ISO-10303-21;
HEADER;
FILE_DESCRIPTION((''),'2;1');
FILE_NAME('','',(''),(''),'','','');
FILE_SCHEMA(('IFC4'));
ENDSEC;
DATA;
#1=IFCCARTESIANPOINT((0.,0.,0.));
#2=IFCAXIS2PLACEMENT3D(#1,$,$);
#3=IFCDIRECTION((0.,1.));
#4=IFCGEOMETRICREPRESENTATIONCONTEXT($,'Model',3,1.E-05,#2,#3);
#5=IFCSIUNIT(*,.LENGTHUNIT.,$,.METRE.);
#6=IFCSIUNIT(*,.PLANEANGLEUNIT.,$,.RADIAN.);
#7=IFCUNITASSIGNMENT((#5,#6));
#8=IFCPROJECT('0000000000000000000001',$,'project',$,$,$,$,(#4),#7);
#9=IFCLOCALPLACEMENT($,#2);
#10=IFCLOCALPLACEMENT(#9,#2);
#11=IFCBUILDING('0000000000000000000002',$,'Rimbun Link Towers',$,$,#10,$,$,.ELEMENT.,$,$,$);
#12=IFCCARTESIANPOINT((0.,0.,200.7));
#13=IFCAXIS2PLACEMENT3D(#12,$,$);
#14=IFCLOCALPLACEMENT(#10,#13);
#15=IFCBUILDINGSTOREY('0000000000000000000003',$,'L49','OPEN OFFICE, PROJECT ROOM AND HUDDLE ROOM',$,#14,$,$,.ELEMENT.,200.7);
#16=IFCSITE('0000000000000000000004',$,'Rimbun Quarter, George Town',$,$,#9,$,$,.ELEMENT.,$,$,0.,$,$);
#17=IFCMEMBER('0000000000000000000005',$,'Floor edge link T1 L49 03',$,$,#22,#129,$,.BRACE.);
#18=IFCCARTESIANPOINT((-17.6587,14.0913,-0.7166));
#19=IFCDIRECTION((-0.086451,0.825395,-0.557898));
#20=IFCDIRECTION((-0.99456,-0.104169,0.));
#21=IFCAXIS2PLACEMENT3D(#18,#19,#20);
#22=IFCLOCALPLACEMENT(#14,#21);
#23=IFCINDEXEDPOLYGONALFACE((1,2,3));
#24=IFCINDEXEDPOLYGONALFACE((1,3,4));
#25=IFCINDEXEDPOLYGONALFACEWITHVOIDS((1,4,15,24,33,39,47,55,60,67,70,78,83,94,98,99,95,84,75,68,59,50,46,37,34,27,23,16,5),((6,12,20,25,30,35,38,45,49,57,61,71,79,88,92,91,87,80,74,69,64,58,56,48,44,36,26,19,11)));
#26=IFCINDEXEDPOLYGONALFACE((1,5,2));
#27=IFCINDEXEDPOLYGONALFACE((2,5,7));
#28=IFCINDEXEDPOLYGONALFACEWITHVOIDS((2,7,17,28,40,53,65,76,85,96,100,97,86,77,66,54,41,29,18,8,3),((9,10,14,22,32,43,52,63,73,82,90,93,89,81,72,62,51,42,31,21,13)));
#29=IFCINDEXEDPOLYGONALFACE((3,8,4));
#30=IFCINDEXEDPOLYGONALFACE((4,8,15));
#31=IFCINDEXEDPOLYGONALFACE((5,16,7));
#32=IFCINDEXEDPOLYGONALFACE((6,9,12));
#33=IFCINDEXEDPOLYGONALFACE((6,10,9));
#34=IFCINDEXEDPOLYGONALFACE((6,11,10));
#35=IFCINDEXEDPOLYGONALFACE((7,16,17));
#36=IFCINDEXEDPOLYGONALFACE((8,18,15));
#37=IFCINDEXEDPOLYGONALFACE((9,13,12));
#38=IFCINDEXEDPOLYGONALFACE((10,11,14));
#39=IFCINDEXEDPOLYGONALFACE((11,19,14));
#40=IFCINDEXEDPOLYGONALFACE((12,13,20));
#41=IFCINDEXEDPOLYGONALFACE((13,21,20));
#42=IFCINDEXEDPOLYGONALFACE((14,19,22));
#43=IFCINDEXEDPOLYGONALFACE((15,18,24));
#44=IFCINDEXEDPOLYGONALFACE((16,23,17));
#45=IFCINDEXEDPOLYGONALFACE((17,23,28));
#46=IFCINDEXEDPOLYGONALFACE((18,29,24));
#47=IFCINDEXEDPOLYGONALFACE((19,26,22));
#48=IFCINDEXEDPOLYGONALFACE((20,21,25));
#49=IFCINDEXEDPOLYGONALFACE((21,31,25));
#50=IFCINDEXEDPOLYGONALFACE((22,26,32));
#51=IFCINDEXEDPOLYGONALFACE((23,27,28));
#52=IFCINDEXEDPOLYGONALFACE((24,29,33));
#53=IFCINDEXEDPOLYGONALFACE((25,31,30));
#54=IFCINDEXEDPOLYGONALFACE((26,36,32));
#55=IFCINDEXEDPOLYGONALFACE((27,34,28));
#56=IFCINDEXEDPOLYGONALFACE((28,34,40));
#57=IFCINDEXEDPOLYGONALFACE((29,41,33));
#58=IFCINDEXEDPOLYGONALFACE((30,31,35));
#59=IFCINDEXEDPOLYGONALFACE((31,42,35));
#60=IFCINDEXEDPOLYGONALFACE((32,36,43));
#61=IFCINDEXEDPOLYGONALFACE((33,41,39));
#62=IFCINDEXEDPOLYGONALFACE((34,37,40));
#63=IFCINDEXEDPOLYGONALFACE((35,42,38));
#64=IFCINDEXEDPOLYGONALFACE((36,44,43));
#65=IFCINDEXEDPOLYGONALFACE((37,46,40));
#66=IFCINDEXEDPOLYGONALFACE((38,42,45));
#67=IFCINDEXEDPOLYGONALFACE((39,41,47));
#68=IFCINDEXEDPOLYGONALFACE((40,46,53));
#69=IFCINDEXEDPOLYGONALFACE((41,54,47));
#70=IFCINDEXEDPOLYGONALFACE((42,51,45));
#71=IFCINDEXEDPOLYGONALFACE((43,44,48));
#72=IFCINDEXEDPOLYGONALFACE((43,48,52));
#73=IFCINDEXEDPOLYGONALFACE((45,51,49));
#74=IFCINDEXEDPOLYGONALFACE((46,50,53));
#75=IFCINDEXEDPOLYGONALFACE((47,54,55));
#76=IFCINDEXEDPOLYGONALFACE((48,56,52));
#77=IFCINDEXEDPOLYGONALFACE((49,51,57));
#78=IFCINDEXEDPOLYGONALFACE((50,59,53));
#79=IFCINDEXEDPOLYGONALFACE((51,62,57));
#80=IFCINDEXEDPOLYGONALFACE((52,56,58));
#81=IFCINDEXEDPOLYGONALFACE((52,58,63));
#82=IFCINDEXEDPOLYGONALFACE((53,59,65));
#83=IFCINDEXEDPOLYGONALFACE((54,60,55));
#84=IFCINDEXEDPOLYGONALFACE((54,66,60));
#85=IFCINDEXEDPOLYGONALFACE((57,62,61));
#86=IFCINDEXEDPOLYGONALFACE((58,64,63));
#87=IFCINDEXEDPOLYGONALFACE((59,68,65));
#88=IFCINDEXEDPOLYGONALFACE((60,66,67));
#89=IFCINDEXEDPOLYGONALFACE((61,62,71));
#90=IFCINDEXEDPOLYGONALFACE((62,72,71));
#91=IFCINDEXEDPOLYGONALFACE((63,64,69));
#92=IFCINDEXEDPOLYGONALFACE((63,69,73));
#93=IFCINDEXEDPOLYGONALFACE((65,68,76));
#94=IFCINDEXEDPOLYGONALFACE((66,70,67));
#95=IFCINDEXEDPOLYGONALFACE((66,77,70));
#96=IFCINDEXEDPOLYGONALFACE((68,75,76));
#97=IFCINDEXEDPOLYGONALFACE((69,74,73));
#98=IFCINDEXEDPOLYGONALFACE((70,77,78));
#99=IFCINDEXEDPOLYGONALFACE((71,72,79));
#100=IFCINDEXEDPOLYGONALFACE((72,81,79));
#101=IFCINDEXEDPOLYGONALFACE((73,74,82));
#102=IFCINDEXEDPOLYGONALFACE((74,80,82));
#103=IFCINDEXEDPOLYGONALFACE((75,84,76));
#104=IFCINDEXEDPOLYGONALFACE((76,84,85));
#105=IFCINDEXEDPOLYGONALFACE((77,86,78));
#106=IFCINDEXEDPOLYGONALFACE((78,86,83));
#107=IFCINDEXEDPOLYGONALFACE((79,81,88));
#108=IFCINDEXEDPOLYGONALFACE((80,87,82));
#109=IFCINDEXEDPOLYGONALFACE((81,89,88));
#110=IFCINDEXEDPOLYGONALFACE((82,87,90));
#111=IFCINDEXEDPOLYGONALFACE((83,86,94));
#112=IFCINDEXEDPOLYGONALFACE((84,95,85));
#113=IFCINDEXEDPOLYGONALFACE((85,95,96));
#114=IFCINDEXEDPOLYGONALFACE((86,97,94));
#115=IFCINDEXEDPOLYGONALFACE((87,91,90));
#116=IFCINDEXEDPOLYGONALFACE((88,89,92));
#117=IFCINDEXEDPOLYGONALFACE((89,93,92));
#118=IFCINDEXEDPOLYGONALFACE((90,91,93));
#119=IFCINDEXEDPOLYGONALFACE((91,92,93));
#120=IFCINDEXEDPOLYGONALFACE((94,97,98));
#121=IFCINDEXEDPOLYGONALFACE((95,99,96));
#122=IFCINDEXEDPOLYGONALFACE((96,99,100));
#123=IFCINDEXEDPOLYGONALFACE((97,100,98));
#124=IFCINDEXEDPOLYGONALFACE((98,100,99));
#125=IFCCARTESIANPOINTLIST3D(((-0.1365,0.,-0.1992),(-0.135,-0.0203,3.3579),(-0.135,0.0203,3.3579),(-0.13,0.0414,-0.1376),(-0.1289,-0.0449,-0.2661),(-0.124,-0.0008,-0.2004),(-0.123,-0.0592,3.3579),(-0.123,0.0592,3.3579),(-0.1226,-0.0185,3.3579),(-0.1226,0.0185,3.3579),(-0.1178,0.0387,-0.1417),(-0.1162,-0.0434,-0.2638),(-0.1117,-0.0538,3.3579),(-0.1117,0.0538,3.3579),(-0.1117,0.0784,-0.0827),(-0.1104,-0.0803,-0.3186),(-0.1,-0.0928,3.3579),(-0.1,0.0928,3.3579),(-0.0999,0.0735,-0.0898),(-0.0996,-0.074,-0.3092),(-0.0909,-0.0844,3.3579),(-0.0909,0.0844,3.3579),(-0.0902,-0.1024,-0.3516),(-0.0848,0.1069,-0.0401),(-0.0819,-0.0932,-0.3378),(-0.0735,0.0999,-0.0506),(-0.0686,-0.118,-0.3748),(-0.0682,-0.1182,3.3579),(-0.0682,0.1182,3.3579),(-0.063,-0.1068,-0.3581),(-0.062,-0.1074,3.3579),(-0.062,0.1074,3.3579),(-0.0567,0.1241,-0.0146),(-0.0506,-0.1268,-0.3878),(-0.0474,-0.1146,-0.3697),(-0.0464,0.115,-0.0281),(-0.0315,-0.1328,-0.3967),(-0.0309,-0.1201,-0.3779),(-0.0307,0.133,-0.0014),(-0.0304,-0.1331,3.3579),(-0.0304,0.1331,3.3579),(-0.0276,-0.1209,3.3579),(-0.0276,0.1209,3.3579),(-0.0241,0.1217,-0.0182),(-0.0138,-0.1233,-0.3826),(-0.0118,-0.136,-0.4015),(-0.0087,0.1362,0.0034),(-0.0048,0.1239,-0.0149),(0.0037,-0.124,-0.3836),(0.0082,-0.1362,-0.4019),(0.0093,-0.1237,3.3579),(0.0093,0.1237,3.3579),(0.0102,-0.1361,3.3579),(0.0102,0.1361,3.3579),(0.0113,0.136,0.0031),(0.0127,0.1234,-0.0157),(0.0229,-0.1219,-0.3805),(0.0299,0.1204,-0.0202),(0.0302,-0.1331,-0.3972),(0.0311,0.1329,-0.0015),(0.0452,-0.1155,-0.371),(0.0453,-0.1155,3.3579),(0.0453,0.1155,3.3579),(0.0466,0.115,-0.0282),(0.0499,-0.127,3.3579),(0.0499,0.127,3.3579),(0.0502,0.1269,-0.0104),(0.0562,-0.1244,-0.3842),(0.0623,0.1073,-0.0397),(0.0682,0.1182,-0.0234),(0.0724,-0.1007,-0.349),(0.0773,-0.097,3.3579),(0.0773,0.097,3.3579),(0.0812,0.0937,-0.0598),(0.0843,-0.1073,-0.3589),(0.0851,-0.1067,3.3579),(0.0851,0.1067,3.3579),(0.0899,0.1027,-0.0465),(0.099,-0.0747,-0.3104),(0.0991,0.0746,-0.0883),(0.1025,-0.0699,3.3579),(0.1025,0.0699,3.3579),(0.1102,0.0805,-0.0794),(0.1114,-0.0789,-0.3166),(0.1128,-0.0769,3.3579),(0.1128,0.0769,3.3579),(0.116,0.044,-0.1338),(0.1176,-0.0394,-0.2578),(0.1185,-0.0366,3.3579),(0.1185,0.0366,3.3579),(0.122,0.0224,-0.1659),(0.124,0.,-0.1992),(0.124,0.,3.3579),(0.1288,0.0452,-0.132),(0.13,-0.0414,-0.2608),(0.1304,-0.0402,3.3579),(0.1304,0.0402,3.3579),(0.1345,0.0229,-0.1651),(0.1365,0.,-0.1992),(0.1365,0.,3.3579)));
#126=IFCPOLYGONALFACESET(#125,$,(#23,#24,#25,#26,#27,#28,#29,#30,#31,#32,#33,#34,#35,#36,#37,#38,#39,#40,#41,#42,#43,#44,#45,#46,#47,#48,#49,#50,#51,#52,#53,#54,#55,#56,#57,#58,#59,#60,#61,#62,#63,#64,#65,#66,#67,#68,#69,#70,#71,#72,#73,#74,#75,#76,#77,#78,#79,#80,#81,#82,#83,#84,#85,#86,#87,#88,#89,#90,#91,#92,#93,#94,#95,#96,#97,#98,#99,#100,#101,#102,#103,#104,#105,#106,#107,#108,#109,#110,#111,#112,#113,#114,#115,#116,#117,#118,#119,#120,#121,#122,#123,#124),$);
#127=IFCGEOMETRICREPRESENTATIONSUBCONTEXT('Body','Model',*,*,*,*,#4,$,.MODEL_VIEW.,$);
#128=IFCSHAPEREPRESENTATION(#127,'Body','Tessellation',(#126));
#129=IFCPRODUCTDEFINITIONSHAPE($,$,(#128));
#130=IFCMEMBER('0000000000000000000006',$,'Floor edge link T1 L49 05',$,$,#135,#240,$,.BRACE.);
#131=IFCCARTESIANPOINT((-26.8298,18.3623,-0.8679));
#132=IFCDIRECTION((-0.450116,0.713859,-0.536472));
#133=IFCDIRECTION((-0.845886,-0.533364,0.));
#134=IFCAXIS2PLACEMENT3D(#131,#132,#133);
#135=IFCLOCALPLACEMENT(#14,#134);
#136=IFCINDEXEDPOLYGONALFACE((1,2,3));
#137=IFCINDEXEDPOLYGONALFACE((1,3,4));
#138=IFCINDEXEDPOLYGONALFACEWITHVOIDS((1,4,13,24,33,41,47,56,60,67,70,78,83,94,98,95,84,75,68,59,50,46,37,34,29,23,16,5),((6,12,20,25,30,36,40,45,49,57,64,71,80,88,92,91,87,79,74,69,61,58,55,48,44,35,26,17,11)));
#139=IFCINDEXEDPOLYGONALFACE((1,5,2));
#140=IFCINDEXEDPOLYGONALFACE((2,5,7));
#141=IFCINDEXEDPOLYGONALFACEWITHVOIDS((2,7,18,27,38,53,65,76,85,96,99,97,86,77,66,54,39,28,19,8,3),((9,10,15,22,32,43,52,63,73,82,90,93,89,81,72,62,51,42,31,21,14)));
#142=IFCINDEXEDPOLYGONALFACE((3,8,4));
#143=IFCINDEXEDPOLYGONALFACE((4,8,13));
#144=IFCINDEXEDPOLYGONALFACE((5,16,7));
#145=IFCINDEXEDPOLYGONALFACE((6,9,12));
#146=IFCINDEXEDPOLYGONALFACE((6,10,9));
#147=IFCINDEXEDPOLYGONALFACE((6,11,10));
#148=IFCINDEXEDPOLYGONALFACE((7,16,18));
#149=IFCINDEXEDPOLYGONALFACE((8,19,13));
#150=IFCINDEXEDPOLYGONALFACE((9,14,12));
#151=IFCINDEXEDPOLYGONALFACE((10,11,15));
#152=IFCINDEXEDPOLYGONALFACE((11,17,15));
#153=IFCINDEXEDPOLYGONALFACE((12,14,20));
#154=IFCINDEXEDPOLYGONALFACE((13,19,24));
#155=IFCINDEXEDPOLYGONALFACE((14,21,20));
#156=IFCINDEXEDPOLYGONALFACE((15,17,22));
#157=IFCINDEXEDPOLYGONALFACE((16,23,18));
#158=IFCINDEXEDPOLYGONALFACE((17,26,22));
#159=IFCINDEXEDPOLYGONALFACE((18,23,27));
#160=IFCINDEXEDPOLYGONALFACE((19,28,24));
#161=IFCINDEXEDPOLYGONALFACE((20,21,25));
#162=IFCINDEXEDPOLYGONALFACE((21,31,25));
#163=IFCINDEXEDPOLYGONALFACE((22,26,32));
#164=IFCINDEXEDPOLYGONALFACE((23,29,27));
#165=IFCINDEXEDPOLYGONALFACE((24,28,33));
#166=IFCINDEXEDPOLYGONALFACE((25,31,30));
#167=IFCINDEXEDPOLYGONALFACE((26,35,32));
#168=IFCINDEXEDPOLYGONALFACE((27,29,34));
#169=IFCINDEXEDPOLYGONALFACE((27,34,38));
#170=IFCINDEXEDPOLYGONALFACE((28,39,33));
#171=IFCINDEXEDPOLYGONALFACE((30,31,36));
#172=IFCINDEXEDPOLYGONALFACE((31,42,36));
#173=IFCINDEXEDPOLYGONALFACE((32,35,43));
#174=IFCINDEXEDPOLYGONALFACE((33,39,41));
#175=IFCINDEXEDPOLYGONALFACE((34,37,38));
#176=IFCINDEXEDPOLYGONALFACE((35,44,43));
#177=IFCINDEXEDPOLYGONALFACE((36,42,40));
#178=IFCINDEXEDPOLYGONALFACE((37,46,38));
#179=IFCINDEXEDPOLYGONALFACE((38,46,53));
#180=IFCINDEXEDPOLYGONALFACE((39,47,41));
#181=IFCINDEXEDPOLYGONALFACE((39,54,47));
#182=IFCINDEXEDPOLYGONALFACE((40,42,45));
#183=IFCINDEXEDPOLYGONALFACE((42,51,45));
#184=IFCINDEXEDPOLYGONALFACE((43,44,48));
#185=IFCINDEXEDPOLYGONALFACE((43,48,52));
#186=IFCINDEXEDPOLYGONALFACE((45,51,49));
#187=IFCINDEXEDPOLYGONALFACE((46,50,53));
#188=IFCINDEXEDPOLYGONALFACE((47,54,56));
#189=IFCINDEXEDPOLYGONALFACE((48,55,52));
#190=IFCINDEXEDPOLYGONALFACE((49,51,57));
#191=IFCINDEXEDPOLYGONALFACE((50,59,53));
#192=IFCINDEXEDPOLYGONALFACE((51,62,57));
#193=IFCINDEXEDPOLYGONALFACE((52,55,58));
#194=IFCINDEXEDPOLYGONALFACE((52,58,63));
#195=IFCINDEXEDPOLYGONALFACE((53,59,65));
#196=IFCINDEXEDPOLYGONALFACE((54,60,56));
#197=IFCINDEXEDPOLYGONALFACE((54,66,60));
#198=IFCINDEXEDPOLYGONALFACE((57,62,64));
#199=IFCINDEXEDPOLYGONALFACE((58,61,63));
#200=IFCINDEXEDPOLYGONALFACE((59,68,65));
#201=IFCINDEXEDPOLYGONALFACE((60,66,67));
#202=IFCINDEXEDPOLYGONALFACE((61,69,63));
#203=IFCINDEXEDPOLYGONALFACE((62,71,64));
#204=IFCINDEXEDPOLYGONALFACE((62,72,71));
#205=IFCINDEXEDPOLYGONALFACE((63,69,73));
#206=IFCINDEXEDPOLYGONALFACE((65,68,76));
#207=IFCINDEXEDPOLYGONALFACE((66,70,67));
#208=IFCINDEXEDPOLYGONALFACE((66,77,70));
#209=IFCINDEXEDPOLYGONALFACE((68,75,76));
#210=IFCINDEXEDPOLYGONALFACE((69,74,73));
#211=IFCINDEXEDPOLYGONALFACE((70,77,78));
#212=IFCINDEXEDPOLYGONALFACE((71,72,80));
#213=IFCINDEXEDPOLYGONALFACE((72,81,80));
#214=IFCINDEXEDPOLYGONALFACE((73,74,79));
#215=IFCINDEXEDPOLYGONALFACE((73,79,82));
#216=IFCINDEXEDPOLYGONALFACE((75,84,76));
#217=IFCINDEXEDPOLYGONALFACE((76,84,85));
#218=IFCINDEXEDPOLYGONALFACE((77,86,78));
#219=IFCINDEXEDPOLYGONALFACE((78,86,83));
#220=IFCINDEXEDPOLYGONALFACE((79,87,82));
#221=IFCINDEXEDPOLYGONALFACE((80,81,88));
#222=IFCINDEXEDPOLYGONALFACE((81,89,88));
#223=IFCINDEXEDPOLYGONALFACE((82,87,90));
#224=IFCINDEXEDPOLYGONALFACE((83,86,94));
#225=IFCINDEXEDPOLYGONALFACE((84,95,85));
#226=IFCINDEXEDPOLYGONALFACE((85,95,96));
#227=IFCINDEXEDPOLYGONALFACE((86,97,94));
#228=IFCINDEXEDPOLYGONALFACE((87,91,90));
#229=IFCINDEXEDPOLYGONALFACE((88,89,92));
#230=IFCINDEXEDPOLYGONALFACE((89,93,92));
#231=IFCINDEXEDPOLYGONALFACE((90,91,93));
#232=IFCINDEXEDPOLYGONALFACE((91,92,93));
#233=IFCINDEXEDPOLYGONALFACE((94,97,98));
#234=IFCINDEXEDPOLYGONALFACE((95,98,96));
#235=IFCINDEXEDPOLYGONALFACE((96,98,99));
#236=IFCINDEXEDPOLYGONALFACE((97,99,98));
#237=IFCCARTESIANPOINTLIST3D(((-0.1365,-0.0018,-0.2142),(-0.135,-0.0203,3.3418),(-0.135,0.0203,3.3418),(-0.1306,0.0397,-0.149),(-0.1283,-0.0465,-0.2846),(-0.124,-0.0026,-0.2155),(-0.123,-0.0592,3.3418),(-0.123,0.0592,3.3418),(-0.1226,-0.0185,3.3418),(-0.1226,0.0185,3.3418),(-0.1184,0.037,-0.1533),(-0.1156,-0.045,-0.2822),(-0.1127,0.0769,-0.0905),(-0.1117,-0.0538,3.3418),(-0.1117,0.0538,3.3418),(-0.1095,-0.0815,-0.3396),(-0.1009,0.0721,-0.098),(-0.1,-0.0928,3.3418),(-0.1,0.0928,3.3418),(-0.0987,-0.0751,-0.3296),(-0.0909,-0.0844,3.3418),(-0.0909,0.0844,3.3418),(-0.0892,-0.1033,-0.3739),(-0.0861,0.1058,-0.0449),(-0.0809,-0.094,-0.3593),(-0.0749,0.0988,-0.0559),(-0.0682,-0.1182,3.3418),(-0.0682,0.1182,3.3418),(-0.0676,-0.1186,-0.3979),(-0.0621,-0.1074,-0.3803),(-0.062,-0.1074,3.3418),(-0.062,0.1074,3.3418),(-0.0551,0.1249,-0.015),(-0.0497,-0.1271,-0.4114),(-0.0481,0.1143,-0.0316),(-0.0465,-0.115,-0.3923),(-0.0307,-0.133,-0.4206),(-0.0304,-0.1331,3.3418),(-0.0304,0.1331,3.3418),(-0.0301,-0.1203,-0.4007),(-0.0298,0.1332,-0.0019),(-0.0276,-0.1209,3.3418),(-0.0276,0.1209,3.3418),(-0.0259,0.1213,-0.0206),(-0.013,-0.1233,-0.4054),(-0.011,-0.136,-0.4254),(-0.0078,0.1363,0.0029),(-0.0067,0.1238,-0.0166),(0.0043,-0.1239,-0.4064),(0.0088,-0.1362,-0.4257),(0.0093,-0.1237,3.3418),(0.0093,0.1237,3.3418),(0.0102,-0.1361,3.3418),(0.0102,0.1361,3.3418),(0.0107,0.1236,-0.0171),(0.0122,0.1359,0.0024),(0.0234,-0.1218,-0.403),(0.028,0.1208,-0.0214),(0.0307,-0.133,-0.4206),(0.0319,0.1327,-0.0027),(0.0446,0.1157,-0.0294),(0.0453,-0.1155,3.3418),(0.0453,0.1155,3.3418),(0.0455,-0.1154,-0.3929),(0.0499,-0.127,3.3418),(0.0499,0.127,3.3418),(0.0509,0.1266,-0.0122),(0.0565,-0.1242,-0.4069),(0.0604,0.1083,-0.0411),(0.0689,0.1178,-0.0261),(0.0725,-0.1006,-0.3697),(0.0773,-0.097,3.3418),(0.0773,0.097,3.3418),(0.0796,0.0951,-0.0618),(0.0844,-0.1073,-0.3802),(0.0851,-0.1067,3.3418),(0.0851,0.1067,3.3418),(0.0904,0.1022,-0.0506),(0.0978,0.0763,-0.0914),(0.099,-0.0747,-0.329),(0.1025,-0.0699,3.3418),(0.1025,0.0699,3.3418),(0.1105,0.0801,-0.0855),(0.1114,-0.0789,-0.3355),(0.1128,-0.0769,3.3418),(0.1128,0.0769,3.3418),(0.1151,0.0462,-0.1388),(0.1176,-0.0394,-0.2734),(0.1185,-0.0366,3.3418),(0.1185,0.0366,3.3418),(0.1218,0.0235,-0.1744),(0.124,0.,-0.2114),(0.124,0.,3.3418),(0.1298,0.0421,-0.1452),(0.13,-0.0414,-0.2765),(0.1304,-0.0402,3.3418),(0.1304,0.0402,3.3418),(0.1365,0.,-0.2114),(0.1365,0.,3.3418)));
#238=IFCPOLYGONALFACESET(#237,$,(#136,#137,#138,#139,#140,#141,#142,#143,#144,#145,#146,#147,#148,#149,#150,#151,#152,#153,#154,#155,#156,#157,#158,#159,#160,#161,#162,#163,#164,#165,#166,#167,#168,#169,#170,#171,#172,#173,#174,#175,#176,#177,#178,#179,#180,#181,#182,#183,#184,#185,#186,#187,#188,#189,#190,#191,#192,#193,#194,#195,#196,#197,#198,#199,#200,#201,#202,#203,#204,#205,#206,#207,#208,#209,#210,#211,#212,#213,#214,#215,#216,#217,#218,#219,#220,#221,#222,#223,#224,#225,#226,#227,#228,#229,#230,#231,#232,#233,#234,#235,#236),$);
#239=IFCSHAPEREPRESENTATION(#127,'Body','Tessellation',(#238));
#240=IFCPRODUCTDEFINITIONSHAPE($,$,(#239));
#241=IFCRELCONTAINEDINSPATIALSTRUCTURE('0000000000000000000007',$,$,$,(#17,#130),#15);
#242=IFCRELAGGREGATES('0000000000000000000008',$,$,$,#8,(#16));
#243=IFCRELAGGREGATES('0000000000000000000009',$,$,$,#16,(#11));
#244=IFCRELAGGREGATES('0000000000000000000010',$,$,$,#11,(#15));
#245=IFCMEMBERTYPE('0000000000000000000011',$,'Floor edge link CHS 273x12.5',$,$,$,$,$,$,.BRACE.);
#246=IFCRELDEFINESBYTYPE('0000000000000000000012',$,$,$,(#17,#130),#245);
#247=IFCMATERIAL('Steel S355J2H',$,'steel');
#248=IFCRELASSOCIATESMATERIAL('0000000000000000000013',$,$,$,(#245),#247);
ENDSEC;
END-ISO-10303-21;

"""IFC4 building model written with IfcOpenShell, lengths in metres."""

from ifc_helpers import new_model, si_unit, direction, frame, origin, origin_2d, place, context, subcontext, project, spatial, hollow_circle, extrude, clip, halfspace, material, material_profile, profile_set, type_object, element, save


model = new_model("IFC4")

# Units and contexts
model_context = context("Model", 3, precision=1e-05, world=origin(), true_north=direction((0.0, 1.0)))
body_context = subcontext(model_context, "Body", "Model", "MODEL_VIEW")
ifc_project = project(units=[si_unit("LENGTHUNIT", "METRE"), si_unit("PLANEANGLEUNIT", "RADIAN")], contexts=[model_context])

# Site, building, storey
site_placement = place(None, origin())
site = spatial("IfcSite", under=ifc_project, at=site_placement, Name="Rimbun Quarter, George Town", CompositionType="ELEMENT", RefElevation=0.0)
building_placement = place(site_placement, origin())
building = spatial("IfcBuilding", under=site, at=building_placement, Name="Rimbun Link Towers", CompositionType="ELEMENT")
storey_placement = place(building_placement, frame((0.0, 0.0, 200.7)))
storey = spatial("IfcBuildingStorey", under=building, at=storey_placement, Name="L49", Description="OPEN OFFICE, PROJECT ROOM AND HUDDLE ROOM", CompositionType="ELEMENT", Elevation=200.7)

# Members
ifc_material_1 = material(Name="Steel S355J2H", Category="steel")
ifc_material_profile_1 = material_profile(ifc_material_1, hollow_circle(Radius=0.1365, WallThickness=0.0125, at=origin_2d()), Name="CHS 273x12.5")
ifc_profile_set_1 = profile_set([ifc_material_profile_1], Name="Steel S355J2H")
member_type_1 = type_object("IfcMemberType", Name="Floor edge link CHS 273x12.5", PredefinedType="BRACE", material=ifc_profile_set_1)
member_1_placement = place(storey_placement, frame((-17.6587, 14.0913, -0.7166), z_axis=(-0.086451, 0.825395, -0.557898), x_axis=(-0.99456, -0.104169, 0.0)))
element("IfcMember", 1, at=member_1_placement, inside=storey, type_object=member_type_1, Name="Floor edge link T1 L49 03", PredefinedType="BRACE", context=body_context, shape_type="Clipping", body=[
    clip(extrude(hollow_circle(Radius=0.1365, WallThickness=0.0125, at=origin_2d()), frame((0.0, 0.0, -0.4241)), (0.0, 0.0, 1.0), 3.782), halfspace(frame((0.0, 0.0, -0.1992), z_axis=(0.0, 0.82991, -0.557898)), False)),
])
member_2_placement = place(storey_placement, frame((-26.8298, 18.3623, -0.8679), z_axis=(-0.450116, 0.713859, -0.536472), x_axis=(-0.845886, -0.533364, 0.0)))
element("IfcMember", 2, at=member_2_placement, inside=storey, type_object=member_type_1, Name="Floor edge link T1 L49 05", PredefinedType="BRACE", context=body_context, shape_type="Clipping", body=[
    clip(extrude(hollow_circle(Radius=0.1365, WallThickness=0.0125, at=origin_2d()), frame((0.0, 0.0, -0.448)), (0.0, 0.0, 1.0), 3.7898), halfspace(frame((0.0, 0.0, -0.2114), z_axis=(0.0, 0.843918, -0.536472)), False)),
])

save(model, "model.ifc")
